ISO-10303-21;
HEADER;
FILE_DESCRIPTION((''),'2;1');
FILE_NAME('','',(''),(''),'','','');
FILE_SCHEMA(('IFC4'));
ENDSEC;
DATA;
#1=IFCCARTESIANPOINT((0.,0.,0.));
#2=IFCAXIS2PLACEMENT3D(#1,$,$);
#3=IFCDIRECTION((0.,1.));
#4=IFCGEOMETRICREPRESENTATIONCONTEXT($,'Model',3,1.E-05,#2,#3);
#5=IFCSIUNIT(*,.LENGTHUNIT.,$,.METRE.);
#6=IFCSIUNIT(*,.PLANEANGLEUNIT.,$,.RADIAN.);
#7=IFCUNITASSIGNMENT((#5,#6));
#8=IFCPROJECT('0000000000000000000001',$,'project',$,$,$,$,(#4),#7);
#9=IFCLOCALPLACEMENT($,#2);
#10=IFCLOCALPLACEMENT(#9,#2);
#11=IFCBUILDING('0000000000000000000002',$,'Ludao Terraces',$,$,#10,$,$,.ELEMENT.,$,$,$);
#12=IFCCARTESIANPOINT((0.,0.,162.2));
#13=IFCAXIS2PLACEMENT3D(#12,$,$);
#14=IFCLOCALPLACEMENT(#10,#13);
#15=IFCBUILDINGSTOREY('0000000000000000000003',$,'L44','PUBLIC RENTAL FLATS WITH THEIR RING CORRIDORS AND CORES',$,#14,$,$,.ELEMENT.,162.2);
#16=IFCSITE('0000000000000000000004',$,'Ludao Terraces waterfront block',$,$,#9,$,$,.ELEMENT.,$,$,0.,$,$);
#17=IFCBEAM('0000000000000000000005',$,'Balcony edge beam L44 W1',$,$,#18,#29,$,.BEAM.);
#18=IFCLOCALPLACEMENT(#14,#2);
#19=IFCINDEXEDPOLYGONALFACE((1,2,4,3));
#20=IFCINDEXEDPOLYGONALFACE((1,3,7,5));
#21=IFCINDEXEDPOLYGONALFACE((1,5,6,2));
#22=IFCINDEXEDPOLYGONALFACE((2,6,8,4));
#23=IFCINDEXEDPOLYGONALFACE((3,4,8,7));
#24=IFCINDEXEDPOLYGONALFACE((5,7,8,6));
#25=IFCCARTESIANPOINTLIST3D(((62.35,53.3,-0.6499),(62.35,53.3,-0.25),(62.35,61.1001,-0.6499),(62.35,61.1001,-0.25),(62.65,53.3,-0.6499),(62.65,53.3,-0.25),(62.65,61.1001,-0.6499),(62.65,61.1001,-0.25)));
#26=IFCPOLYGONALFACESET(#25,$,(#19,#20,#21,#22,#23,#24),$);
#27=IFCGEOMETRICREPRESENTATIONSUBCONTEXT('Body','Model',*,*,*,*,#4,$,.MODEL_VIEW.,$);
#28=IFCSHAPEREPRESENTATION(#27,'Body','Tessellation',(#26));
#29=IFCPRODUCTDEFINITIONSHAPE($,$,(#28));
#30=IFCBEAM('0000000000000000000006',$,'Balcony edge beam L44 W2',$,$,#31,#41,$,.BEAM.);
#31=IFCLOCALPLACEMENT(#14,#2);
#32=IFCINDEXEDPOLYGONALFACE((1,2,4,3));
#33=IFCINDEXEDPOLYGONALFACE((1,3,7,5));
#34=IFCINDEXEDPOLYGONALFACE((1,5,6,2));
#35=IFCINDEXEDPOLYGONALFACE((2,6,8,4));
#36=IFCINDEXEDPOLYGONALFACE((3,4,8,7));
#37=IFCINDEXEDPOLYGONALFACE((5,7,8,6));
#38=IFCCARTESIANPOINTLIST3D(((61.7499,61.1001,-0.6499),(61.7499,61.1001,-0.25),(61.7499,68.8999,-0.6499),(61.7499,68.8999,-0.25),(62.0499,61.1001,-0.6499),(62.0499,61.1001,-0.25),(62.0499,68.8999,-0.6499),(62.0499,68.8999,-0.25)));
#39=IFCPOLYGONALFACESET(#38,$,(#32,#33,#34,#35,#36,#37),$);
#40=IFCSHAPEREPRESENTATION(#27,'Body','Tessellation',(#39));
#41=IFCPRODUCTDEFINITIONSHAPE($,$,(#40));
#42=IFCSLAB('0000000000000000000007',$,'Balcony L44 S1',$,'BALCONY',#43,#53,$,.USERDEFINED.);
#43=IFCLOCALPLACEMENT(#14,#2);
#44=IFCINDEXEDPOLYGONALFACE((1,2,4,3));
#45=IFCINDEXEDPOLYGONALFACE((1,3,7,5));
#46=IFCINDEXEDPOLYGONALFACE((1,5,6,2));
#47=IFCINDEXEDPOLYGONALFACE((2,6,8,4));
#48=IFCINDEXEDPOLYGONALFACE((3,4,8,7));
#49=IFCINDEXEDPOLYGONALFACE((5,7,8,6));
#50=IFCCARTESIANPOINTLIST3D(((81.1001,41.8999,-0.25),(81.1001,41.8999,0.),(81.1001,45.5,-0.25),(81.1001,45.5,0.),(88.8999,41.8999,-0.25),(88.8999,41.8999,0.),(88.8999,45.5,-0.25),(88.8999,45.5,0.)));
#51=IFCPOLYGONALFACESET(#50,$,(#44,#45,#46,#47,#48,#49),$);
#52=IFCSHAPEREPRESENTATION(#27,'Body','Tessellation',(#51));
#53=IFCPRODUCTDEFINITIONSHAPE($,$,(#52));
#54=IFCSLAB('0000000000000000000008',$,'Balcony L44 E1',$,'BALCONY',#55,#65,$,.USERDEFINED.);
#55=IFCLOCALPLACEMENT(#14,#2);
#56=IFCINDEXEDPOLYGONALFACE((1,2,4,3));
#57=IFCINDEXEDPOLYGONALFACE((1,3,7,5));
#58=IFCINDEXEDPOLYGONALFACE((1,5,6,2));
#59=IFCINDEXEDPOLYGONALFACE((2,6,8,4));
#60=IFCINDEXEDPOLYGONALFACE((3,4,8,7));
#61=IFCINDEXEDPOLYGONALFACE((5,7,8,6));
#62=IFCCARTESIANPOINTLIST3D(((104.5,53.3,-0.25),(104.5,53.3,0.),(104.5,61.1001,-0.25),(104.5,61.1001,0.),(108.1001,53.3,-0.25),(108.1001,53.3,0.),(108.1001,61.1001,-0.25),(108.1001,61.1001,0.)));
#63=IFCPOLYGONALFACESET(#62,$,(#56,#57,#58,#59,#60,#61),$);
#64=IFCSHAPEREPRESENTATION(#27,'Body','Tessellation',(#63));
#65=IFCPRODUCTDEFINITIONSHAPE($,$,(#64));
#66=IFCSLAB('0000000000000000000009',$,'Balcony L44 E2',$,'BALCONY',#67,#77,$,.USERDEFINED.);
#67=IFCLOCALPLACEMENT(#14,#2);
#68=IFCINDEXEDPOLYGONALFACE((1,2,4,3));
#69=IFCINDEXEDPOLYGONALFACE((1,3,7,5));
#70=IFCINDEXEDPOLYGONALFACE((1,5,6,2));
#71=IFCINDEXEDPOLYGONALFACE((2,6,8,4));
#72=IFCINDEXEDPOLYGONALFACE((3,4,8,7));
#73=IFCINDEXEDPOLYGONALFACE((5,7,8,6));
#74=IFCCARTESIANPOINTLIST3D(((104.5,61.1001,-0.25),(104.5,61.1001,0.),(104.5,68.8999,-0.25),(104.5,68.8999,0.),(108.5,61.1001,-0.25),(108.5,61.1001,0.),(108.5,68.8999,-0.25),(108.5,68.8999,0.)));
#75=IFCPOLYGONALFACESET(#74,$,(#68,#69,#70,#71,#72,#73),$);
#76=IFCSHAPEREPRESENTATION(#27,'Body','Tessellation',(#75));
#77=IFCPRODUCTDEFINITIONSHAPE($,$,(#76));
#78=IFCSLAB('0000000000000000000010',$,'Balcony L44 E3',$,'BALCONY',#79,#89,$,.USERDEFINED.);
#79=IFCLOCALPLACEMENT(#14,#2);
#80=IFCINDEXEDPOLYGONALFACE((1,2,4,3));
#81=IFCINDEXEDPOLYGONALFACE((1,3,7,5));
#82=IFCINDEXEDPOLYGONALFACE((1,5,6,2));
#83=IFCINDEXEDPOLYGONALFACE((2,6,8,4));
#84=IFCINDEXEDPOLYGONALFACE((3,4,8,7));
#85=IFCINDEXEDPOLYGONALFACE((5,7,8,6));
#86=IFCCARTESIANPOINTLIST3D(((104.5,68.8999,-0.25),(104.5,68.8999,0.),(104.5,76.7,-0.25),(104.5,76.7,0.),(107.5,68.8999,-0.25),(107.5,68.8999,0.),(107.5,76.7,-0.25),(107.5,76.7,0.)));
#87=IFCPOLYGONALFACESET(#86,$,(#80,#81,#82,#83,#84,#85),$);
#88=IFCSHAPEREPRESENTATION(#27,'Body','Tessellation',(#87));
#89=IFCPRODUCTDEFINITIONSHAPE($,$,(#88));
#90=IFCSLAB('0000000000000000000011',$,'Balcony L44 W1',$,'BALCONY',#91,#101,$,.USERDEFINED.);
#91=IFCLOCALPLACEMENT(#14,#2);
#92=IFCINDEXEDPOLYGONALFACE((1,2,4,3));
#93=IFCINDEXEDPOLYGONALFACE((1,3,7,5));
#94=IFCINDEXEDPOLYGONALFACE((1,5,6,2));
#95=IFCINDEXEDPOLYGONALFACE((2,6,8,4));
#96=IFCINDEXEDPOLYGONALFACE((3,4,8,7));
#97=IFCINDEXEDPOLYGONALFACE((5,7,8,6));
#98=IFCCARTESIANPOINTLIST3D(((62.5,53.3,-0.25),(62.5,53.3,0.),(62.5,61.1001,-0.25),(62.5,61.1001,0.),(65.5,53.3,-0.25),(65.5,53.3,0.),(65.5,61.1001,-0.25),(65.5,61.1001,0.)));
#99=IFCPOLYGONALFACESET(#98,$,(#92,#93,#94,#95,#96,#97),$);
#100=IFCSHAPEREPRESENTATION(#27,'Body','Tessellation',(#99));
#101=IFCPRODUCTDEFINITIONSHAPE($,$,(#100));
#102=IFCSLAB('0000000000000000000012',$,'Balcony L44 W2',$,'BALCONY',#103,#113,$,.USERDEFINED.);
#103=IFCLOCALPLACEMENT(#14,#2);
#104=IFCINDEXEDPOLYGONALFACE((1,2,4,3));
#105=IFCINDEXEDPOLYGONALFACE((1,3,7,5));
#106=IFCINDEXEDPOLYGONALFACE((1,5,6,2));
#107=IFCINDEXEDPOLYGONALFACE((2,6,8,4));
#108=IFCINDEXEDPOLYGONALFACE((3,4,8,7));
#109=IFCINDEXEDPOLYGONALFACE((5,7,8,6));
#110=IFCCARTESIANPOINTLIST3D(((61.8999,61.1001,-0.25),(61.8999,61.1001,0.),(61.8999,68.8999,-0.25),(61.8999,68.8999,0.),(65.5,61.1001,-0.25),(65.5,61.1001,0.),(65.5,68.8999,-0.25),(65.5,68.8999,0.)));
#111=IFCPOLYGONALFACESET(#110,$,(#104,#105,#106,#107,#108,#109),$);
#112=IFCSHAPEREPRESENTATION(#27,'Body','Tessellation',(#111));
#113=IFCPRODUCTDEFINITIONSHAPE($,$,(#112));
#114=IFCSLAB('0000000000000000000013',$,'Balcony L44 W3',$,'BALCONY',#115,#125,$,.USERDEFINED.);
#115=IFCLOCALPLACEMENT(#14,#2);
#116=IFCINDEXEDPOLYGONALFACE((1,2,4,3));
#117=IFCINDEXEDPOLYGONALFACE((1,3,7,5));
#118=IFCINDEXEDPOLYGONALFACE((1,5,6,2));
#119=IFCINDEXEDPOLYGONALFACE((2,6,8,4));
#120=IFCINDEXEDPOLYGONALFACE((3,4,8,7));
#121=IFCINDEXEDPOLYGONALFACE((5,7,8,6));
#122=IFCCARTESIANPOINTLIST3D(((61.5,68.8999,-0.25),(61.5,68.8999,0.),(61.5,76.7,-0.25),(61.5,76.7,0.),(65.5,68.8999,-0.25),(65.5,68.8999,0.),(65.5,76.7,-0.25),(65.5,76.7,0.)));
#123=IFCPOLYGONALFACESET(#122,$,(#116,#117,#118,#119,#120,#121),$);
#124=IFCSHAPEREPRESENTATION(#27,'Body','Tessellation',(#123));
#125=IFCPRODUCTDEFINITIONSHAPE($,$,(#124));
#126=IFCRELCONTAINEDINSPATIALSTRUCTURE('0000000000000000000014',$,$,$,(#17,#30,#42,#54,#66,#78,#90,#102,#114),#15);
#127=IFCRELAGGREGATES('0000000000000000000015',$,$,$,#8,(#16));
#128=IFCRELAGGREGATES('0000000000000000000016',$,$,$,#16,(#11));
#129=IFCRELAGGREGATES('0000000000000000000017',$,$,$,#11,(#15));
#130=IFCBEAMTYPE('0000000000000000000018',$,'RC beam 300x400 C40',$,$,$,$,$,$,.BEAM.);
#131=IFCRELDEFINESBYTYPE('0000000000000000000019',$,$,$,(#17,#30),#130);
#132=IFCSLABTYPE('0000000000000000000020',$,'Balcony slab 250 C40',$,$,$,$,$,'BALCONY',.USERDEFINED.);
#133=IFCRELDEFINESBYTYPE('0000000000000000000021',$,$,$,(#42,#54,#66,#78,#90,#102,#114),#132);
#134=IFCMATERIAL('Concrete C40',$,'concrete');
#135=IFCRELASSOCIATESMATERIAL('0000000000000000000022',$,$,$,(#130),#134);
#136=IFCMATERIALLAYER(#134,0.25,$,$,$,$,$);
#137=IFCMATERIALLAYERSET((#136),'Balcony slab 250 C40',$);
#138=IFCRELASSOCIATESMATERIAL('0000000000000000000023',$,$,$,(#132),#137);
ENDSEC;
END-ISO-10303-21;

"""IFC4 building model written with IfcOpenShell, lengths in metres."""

from ifc_helpers import new_model, si_unit, direction, frame, origin, origin_2d, place, context, subcontext, project, spatial, polyline, rectangle, outline, extrude, material, layer, layer_set, material_profile, profile_set, type_object, element, save


model = new_model("IFC4")

# Units and contexts
model_context = context("Model", 3, precision=1e-05, world=origin(), true_north=direction((0.0, 1.0)))
body_context = subcontext(model_context, "Body", "Model", "MODEL_VIEW")
ifc_project = project(units=[si_unit("LENGTHUNIT", "METRE"), si_unit("PLANEANGLEUNIT", "RADIAN")], contexts=[model_context])

# Site, building, storey
site_placement = place(None, origin())
site = spatial("IfcSite", under=ifc_project, at=site_placement, Name="Ludao Terraces waterfront block", CompositionType="ELEMENT", RefElevation=0.0)
building_placement = place(site_placement, origin())
building = spatial("IfcBuilding", under=site, at=building_placement, Name="Ludao Terraces", CompositionType="ELEMENT")
storey_placement = place(building_placement, frame((0.0, 0.0, 162.2)))
storey = spatial("IfcBuildingStorey", under=building, at=storey_placement, Name="L44", Description="PUBLIC RENTAL FLATS WITH THEIR RING CORRIDORS AND CORES", CompositionType="ELEMENT", Elevation=162.2)

# Beams
ifc_material_1 = material(Name="Concrete C40", Category="concrete")
ifc_material_profile = material_profile(ifc_material_1, rectangle(XDim=0.3, YDim=0.3999, at=origin_2d()), Name="300 X 400")
ifc_profile_set = profile_set([ifc_material_profile], Name="Concrete C40")
beam_type = type_object("IfcBeamType", Name="RC beam 300x400 C40", PredefinedType="BEAM", material=ifc_profile_set)
beam_1_placement = place(storey_placement, frame((62.5, 53.3, -0.45), z_axis=(0.0, 1.0, 0.0), x_axis=(-1.0, 0.0, 0.0)))
element("IfcBeam", 1, at=beam_1_placement, inside=storey, type_object=beam_type, Name="Balcony edge beam L44 W1", PredefinedType="BEAM", context=body_context, shape_type="SweptSolid", body=[
    extrude(rectangle(XDim=0.3, YDim=0.3999, at=origin_2d()), origin(), (0.0, 0.0, 1.0), 7.8),
])
beam_2_placement = place(storey_placement, frame((61.8999, 61.1001, -0.45), z_axis=(0.0, 1.0, 0.0), x_axis=(-1.0, 0.0, 0.0)))
element("IfcBeam", 2, at=beam_2_placement, inside=storey, type_object=beam_type, Name="Balcony edge beam L44 W2", PredefinedType="BEAM", context=body_context, shape_type="SweptSolid", body=[
    extrude(rectangle(XDim=0.3, YDim=0.3999, at=origin_2d()), origin(), (0.0, 0.0, 1.0), 7.7998),
])

# Slabs
ifc_layer_1 = layer(ifc_material_1, 0.25)
ifc_layer_set_1 = layer_set([ifc_layer_1], Name="Balcony slab 250 C40")
slab_type_1 = type_object("IfcSlabType", Name="Balcony slab 250 C40", ElementType="BALCONY", PredefinedType="USERDEFINED", material=ifc_layer_set_1)
slab_1_placement = place(storey_placement, frame((0.0, 0.0, -0.25)))
element("IfcSlab", 3, at=slab_1_placement, inside=storey, type_object=slab_type_1, Name="Balcony L44 S1", ObjectType="BALCONY", PredefinedType="USERDEFINED", context=body_context, shape_type="SweptSolid", body=[
    extrude(outline(polyline([(81.1001, 41.8999), (88.8999, 41.8999), (88.8999, 45.5), (81.1001, 45.5), (81.1001, 41.8999)])), origin(), (0.0, 0.0, 1.0), 0.25),
])
slab_2_placement = place(storey_placement, frame((0.0, 0.0, -0.25)))
element("IfcSlab", 4, at=slab_2_placement, inside=storey, type_object=slab_type_1, Name="Balcony L44 E1", ObjectType="BALCONY", PredefinedType="USERDEFINED", context=body_context, shape_type="SweptSolid", body=[
    extrude(outline(polyline([(104.5, 53.3), (108.1001, 53.3), (108.1001, 61.1001), (104.5, 61.1001), (104.5, 53.3)])), origin(), (0.0, 0.0, 1.0), 0.25),
])
slab_3_placement = place(storey_placement, frame((0.0, 0.0, -0.25)))
element("IfcSlab", 5, at=slab_3_placement, inside=storey, type_object=slab_type_1, Name="Balcony L44 E2", ObjectType="BALCONY", PredefinedType="USERDEFINED", context=body_context, shape_type="SweptSolid", body=[
    extrude(outline(polyline([(104.5, 61.1001), (108.5, 61.1001), (108.5, 68.8999), (104.5, 68.8999), (104.5, 61.1001)])), origin(), (0.0, 0.0, 1.0), 0.25),
])
slab_4_placement = place(storey_placement, frame((0.0, 0.0, -0.25)))
element("IfcSlab", 6, at=slab_4_placement, inside=storey, type_object=slab_type_1, Name="Balcony L44 E3", ObjectType="BALCONY", PredefinedType="USERDEFINED", context=body_context, shape_type="SweptSolid", body=[
    extrude(outline(polyline([(104.5, 68.8999), (107.5, 68.8999), (107.5, 76.7), (104.5, 76.7), (104.5, 68.8999)])), origin(), (0.0, 0.0, 1.0), 0.25),
])
slab_5_placement = place(storey_placement, frame((0.0, 0.0, -0.25)))
element("IfcSlab", 7, at=slab_5_placement, inside=storey, type_object=slab_type_1, Name="Balcony L44 W1", ObjectType="BALCONY", PredefinedType="USERDEFINED", context=body_context, shape_type="SweptSolid", body=[
    extrude(outline(polyline([(62.5, 53.3), (65.5, 53.3), (65.5, 61.1001), (62.5, 61.1001), (62.5, 53.3)])), origin(), (0.0, 0.0, 1.0), 0.25),
])
slab_6_placement = place(storey_placement, frame((0.0, 0.0, -0.25)))
element("IfcSlab", 8, at=slab_6_placement, inside=storey, type_object=slab_type_1, Name="Balcony L44 W2", ObjectType="BALCONY", PredefinedType="USERDEFINED", context=body_context, shape_type="SweptSolid", body=[
    extrude(outline(polyline([(61.8999, 61.1001), (65.5, 61.1001), (65.5, 68.8999), (61.8999, 68.8999), (61.8999, 61.1001)])), origin(), (0.0, 0.0, 1.0), 0.25),
])
slab_7_placement = place(storey_placement, frame((0.0, 0.0, -0.25)))
element("IfcSlab", 9, at=slab_7_placement, inside=storey, type_object=slab_type_1, Name="Balcony L44 W3", ObjectType="BALCONY", PredefinedType="USERDEFINED", context=body_context, shape_type="SweptSolid", body=[
    extrude(outline(polyline([(61.5, 68.8999), (65.5, 68.8999), (65.5, 76.7), (61.5, 76.7), (61.5, 68.8999)])), origin(), (0.0, 0.0, 1.0), 0.25),
])

save(model, "model.ifc")
